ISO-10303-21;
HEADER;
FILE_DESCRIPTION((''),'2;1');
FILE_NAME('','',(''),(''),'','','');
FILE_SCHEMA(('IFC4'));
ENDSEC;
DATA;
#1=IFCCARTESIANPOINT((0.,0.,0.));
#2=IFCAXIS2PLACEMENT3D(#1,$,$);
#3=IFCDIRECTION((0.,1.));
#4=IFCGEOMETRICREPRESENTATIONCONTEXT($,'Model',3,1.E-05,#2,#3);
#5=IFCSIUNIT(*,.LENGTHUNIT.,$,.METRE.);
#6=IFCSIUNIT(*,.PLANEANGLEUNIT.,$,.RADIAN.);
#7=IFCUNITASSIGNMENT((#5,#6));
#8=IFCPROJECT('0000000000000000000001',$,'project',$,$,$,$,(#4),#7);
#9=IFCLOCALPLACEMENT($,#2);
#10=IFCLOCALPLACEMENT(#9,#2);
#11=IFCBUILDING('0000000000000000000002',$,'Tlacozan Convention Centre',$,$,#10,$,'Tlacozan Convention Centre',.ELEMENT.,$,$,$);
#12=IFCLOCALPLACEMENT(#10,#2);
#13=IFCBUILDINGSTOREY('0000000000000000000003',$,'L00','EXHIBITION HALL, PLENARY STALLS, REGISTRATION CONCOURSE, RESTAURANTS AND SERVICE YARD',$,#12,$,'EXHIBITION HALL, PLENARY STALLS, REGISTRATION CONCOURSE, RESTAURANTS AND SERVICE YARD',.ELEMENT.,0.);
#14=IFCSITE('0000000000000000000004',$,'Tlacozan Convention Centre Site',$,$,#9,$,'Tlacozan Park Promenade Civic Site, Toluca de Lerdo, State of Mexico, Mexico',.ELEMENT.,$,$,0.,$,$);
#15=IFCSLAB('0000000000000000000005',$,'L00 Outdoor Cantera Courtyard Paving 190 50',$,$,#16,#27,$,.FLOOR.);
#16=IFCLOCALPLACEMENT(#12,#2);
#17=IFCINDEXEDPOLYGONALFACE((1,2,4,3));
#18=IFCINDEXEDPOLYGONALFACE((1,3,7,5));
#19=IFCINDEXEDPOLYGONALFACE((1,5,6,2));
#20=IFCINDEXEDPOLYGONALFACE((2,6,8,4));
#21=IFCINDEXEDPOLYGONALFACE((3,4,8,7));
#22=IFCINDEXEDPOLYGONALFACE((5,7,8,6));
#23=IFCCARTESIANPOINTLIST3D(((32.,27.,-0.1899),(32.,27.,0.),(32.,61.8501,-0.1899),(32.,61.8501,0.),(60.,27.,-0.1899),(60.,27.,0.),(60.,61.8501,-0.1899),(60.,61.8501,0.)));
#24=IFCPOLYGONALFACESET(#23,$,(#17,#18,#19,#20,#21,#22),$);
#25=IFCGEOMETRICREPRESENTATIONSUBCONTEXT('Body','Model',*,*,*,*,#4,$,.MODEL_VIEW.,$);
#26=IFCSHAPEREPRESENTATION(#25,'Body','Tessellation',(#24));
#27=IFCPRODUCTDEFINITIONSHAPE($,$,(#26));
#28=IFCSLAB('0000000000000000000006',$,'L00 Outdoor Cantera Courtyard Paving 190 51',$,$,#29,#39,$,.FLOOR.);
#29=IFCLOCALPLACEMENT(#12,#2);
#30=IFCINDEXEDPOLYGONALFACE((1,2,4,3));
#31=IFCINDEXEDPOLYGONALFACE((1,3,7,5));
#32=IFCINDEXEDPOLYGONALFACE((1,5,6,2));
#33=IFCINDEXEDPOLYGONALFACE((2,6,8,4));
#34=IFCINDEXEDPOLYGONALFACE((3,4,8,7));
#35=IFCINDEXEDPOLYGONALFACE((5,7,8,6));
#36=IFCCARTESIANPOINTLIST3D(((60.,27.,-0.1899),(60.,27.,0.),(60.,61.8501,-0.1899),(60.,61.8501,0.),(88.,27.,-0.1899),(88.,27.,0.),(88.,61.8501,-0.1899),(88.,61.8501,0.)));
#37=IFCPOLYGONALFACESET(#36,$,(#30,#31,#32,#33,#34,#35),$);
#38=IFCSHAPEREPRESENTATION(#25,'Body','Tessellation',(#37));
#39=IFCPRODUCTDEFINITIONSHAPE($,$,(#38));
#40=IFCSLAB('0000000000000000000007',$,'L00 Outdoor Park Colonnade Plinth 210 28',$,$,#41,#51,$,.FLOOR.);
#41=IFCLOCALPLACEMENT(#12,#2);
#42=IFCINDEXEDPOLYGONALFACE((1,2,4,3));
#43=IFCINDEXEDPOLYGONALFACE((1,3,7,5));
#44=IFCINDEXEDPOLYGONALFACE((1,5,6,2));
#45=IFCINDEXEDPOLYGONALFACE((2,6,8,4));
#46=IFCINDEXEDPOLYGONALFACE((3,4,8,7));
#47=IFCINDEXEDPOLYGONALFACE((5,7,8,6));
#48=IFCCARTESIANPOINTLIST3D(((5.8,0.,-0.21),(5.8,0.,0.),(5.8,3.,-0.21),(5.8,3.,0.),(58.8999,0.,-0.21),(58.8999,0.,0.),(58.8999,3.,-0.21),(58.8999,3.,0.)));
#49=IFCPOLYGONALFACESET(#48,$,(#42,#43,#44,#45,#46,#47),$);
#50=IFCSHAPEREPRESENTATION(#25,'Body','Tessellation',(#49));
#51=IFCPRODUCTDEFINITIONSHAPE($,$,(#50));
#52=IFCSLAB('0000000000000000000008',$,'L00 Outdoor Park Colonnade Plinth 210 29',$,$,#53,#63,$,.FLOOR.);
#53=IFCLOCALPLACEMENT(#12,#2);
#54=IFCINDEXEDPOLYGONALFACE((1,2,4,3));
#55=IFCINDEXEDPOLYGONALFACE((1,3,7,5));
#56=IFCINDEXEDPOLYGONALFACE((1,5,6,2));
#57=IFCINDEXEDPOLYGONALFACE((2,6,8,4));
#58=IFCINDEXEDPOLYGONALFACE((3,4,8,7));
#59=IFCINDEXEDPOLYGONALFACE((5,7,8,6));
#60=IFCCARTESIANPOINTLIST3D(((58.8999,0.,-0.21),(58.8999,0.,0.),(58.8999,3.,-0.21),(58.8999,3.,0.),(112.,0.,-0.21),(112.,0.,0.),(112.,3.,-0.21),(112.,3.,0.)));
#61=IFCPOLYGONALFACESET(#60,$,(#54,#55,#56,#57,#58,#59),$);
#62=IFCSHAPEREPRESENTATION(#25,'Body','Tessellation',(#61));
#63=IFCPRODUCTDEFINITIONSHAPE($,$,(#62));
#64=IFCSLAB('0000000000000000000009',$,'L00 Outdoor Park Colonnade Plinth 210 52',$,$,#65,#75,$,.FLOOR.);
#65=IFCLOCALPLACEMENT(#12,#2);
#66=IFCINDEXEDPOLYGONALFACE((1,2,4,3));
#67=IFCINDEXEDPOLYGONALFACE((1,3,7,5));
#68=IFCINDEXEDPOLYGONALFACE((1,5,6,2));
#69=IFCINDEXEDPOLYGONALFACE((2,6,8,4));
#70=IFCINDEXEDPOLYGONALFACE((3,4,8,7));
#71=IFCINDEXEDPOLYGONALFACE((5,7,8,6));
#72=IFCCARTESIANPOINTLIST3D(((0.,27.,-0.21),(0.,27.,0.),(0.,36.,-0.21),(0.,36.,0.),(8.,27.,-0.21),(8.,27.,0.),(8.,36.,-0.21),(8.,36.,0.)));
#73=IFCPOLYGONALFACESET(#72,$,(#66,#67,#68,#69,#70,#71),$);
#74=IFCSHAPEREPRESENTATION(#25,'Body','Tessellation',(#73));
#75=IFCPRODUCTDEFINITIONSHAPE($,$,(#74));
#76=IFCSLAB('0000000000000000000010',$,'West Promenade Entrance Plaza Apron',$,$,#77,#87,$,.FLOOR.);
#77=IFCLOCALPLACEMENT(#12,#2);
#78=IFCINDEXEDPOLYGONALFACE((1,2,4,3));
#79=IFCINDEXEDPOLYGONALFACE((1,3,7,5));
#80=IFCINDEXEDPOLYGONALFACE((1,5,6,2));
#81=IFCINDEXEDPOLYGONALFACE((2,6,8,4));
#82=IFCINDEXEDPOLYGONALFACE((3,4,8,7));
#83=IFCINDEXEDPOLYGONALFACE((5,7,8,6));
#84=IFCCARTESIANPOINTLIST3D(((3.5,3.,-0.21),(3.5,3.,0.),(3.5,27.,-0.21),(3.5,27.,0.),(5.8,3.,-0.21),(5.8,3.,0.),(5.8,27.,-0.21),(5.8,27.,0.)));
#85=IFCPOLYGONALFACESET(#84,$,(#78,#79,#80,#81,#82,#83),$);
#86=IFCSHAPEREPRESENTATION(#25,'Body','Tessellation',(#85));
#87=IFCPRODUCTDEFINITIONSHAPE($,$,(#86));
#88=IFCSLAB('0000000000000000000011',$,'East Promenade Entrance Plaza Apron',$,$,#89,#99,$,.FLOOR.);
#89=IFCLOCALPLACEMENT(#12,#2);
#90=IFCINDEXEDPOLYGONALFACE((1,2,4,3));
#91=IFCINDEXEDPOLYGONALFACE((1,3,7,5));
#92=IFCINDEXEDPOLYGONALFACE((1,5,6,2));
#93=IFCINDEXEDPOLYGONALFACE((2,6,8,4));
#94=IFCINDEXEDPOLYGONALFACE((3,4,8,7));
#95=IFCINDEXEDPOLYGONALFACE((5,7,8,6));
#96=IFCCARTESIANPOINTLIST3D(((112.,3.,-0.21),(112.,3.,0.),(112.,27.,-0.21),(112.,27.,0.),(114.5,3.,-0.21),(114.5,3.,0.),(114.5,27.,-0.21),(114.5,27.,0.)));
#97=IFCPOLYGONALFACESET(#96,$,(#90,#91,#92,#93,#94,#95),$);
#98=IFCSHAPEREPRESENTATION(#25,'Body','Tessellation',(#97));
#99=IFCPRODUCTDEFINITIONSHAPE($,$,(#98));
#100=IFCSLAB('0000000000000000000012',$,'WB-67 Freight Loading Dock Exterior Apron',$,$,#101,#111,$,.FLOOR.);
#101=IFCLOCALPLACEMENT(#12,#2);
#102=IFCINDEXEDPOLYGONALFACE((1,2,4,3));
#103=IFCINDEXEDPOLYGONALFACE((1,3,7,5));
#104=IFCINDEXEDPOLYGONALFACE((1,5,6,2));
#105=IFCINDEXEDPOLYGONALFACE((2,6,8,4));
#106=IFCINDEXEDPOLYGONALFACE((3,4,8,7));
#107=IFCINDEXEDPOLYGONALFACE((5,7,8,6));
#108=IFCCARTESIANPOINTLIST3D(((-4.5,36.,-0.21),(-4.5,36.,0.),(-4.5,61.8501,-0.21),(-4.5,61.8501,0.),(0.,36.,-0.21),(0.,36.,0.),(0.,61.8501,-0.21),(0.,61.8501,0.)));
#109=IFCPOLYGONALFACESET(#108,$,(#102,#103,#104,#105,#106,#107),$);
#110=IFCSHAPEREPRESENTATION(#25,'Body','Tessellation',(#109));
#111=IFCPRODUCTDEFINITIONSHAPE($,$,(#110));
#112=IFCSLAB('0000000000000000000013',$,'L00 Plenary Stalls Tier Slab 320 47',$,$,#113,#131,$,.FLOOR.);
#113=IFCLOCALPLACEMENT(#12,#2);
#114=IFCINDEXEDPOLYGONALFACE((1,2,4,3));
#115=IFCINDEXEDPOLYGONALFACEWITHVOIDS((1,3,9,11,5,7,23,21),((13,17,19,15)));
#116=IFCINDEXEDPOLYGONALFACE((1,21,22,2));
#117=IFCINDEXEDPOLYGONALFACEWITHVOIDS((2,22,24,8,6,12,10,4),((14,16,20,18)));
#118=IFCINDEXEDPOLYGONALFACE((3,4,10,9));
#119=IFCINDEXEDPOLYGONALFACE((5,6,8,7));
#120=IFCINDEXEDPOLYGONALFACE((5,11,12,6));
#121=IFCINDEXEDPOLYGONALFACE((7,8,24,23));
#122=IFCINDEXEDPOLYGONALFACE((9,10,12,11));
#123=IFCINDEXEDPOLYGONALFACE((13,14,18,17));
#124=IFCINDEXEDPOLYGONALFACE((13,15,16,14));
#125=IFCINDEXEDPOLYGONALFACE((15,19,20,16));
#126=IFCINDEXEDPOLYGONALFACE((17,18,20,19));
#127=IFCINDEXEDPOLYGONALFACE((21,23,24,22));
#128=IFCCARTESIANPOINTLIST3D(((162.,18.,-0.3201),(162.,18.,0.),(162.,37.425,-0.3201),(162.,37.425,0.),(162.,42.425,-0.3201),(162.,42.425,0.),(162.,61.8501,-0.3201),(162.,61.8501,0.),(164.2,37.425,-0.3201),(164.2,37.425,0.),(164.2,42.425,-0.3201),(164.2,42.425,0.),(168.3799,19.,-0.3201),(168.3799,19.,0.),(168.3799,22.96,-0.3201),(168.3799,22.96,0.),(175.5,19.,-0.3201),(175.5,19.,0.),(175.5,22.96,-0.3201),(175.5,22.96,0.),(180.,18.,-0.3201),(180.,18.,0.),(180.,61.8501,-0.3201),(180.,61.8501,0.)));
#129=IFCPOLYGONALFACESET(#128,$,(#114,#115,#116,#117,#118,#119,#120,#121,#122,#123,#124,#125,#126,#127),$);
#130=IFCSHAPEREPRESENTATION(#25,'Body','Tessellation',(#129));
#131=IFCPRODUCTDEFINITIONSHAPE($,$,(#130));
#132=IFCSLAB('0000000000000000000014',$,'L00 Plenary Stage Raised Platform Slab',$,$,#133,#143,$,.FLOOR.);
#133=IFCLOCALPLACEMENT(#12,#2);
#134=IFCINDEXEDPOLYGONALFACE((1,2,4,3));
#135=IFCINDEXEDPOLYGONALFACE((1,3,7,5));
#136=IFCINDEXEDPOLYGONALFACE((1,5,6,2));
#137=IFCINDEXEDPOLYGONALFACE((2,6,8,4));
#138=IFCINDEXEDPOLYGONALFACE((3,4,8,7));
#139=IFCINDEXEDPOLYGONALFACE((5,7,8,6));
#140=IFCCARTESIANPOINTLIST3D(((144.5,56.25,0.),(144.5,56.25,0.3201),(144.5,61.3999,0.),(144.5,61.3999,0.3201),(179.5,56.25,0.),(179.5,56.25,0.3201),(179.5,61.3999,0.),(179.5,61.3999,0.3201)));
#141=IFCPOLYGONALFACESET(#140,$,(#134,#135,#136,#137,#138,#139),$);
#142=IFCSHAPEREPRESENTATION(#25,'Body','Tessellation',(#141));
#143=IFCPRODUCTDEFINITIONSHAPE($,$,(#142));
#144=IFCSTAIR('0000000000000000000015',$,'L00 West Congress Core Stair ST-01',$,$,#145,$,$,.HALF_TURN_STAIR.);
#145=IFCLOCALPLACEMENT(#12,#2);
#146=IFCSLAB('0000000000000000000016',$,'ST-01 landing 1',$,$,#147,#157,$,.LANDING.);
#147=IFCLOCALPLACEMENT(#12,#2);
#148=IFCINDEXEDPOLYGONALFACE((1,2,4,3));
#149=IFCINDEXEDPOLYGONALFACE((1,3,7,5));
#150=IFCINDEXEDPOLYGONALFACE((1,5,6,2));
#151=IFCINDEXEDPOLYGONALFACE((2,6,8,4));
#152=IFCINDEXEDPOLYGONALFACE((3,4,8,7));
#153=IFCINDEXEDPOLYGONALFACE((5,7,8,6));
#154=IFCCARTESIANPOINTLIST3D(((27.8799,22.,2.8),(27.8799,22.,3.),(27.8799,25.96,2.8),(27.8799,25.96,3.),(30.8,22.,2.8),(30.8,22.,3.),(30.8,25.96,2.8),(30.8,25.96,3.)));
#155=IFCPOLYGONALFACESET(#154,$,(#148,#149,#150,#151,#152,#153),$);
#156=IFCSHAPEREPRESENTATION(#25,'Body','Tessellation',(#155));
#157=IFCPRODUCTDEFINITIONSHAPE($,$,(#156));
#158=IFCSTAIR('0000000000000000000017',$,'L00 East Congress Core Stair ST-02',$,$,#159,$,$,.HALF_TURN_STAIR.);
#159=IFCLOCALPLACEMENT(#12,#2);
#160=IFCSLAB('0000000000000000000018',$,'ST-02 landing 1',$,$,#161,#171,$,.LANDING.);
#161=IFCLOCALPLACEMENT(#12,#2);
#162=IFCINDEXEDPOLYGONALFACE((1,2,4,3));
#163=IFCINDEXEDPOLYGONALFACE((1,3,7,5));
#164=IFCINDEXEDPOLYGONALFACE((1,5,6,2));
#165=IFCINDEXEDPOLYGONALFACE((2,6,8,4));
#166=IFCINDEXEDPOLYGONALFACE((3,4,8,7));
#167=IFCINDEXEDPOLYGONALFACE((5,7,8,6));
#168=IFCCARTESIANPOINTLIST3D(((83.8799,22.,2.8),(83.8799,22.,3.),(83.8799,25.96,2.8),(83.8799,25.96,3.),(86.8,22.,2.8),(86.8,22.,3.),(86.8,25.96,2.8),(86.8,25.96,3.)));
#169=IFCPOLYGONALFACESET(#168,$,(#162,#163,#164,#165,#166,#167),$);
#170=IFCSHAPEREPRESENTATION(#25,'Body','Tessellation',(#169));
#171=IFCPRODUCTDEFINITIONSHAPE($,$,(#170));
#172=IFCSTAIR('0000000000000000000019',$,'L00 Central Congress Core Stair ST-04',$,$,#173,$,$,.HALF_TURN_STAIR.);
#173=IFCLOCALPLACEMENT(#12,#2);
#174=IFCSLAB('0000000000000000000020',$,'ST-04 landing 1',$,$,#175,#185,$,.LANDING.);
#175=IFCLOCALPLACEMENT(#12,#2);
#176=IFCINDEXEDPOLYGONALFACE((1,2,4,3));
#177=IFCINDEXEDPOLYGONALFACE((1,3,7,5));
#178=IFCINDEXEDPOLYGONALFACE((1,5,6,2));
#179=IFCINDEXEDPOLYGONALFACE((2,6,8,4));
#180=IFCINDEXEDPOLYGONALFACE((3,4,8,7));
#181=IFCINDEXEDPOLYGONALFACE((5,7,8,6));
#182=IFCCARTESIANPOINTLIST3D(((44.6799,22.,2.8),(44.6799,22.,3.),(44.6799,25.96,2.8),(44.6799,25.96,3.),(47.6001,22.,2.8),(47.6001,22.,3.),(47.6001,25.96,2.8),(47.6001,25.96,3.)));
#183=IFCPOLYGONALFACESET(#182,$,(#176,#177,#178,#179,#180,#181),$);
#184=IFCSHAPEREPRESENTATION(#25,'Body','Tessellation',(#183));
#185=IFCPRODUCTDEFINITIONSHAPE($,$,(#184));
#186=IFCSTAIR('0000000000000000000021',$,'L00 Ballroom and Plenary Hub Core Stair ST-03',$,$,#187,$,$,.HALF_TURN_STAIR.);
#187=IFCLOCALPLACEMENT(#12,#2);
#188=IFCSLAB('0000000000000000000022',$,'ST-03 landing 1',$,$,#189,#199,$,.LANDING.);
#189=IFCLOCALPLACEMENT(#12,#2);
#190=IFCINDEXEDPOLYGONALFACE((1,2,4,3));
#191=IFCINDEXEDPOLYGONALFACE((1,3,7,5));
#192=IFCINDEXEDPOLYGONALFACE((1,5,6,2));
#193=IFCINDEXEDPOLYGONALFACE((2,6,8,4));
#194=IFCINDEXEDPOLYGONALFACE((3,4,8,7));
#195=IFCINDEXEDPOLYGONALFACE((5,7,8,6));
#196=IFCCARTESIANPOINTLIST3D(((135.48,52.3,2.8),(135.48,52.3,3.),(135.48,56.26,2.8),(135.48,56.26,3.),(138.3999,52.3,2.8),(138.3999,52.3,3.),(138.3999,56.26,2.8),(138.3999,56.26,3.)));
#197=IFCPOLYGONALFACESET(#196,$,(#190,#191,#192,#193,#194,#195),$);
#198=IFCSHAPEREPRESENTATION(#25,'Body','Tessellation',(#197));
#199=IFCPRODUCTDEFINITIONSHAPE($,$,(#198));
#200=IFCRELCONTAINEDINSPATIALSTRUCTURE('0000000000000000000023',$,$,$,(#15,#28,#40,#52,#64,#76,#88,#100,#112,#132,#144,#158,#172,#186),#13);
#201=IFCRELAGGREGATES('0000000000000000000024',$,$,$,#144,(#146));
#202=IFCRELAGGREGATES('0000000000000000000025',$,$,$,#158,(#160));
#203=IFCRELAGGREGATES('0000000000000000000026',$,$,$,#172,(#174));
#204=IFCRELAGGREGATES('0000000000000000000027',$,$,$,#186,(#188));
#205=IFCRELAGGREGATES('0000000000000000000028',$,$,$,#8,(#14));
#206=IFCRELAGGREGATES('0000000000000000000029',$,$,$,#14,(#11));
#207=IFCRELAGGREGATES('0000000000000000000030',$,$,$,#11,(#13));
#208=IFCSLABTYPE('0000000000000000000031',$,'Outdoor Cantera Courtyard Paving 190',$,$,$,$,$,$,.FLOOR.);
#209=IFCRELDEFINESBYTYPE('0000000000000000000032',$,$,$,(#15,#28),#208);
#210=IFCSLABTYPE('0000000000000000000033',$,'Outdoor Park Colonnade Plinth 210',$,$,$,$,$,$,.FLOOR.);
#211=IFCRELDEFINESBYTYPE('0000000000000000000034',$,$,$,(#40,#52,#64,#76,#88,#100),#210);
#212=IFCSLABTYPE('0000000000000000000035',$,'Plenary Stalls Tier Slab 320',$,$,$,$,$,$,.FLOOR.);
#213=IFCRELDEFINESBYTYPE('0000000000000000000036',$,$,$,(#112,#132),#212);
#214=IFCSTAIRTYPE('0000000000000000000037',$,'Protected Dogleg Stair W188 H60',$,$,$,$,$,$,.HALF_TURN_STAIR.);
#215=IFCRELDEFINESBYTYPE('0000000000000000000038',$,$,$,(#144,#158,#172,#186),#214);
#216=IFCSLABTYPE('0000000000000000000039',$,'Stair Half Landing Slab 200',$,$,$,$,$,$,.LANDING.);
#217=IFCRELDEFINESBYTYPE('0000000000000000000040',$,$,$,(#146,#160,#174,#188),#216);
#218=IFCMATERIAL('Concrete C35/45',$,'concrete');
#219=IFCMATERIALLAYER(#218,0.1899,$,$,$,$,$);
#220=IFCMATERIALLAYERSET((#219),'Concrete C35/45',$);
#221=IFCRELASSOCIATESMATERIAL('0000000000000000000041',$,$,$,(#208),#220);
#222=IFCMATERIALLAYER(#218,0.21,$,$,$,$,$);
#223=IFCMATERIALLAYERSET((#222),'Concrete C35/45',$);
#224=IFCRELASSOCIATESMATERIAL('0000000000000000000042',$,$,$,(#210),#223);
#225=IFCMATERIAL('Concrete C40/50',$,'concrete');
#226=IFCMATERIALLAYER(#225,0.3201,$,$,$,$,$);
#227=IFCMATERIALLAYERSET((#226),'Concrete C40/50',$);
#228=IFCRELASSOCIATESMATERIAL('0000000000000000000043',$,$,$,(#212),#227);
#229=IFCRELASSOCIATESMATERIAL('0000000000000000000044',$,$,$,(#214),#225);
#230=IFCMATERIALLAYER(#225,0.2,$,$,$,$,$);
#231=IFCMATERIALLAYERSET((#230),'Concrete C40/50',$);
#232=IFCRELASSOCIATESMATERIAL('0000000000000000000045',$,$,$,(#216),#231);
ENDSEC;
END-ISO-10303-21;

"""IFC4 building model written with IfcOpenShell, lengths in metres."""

from ifc_helpers import new_model, si_unit, direction, frame, origin, place, context, subcontext, project, spatial, polyline, outline, extrude, material, layer, layer_set, type_object, element, aggregate, save


model = new_model("IFC4")

# Units and contexts
model_context = context("Model", 3, precision=1e-05, world=origin(), true_north=direction((0.0, 1.0)))
body_context = subcontext(model_context, "Body", "Model", "MODEL_VIEW")
ifc_project = project(units=[si_unit("LENGTHUNIT", "METRE"), si_unit("PLANEANGLEUNIT", "RADIAN")], contexts=[model_context])

# Site, building, storey
site_placement = place(None, origin())
site = spatial("IfcSite", under=ifc_project, at=site_placement, Name="Tlacozan Convention Centre Site", LongName="Tlacozan Park Promenade Civic Site, Toluca de Lerdo, State of Mexico, Mexico", CompositionType="ELEMENT", RefElevation=0.0)
building_placement = place(site_placement, origin())
building = spatial("IfcBuilding", under=site, at=building_placement, Name="Tlacozan Convention Centre", LongName="Tlacozan Convention Centre", CompositionType="ELEMENT")
storey_placement = place(building_placement, origin())
storey = spatial("IfcBuildingStorey", under=building, at=storey_placement, Name="L00", Description="EXHIBITION HALL, PLENARY STALLS, REGISTRATION CONCOURSE, RESTAURANTS AND SERVICE YARD", LongName="EXHIBITION HALL, PLENARY STALLS, REGISTRATION CONCOURSE, RESTAURANTS AND SERVICE YARD", CompositionType="ELEMENT", Elevation=0.0)

# Slabs
ifc_material_1 = material(Name="Concrete C35/45", Category="concrete")
ifc_layer_1 = layer(ifc_material_1, 0.1899)
ifc_layer_set_1 = layer_set([ifc_layer_1], Name="Concrete C35/45")
slab_type_1 = type_object("IfcSlabType", Name="Outdoor Cantera Courtyard Paving 190", PredefinedType="FLOOR", material=ifc_layer_set_1)
slab_1_placement = place(storey_placement, frame((0.0, 0.0, -0.1899)))
element("IfcSlab", 1, at=slab_1_placement, inside=storey, type_object=slab_type_1, Name="L00 Outdoor Cantera Courtyard Paving 190 50", PredefinedType="FLOOR", context=body_context, shape_type="SweptSolid", body=[
    extrude(outline(polyline([(32.0, 27.0), (32.0, 61.8501), (60.0, 61.8501), (60.0, 27.0), (32.0, 27.0)])), origin(), (0.0, 0.0, 1.0), 0.1899),
])
slab_2_placement = place(storey_placement, frame((0.0, 0.0, -0.1899)))
element("IfcSlab", 2, at=slab_2_placement, inside=storey, type_object=slab_type_1, Name="L00 Outdoor Cantera Courtyard Paving 190 51", PredefinedType="FLOOR", context=body_context, shape_type="SweptSolid", body=[
    extrude(outline(polyline([(60.0, 27.0), (60.0, 61.8501), (88.0, 61.8501), (88.0, 27.0), (60.0, 27.0)])), origin(), (0.0, 0.0, 1.0), 0.1899),
])
ifc_layer_2 = layer(ifc_material_1, 0.21)
ifc_layer_set_2 = layer_set([ifc_layer_2], Name="Concrete C35/45")
slab_type_2 = type_object("IfcSlabType", Name="Outdoor Park Colonnade Plinth 210", PredefinedType="FLOOR", material=ifc_layer_set_2)
slab_3_placement = place(storey_placement, frame((0.0, 0.0, -0.21)))
element("IfcSlab", 3, at=slab_3_placement, inside=storey, type_object=slab_type_2, Name="L00 Outdoor Park Colonnade Plinth 210 28", PredefinedType="FLOOR", context=body_context, shape_type="SweptSolid", body=[
    extrude(outline(polyline([(5.8, 0.0), (5.8, 3.0), (58.8999, 3.0), (58.8999, 0.0), (5.8, 0.0)])), origin(), (0.0, 0.0, 1.0), 0.21),
])
slab_4_placement = place(storey_placement, frame((0.0, 0.0, -0.21)))
element("IfcSlab", 4, at=slab_4_placement, inside=storey, type_object=slab_type_2, Name="L00 Outdoor Park Colonnade Plinth 210 29", PredefinedType="FLOOR", context=body_context, shape_type="SweptSolid", body=[
    extrude(outline(polyline([(58.8999, 0.0), (58.8999, 3.0), (112.0, 3.0), (112.0, 0.0), (58.8999, 0.0)])), origin(), (0.0, 0.0, 1.0), 0.21),
])
slab_5_placement = place(storey_placement, frame((0.0, 0.0, -0.21)))
element("IfcSlab", 5, at=slab_5_placement, inside=storey, type_object=slab_type_2, Name="L00 Outdoor Park Colonnade Plinth 210 52", PredefinedType="FLOOR", context=body_context, shape_type="SweptSolid", body=[
    extrude(outline(polyline([(0.0, 27.0), (0.0, 36.0), (8.0, 36.0), (8.0, 27.0), (0.0, 27.0)])), origin(), (0.0, 0.0, 1.0), 0.21),
])
slab_6_placement = place(storey_placement, frame((0.0, 0.0, -0.21)))
element("IfcSlab", 6, at=slab_6_placement, inside=storey, type_object=slab_type_2, Name="West Promenade Entrance Plaza Apron", PredefinedType="FLOOR", context=body_context, shape_type="SweptSolid", body=[
    extrude(outline(polyline([(3.5, 3.0), (5.8, 3.0), (5.8, 27.0), (3.5, 27.0), (3.5, 3.0)])), origin(), (0.0, 0.0, 1.0), 0.21),
])
slab_7_placement = place(storey_placement, frame((0.0, 0.0, -0.21)))
element("IfcSlab", 7, at=slab_7_placement, inside=storey, type_object=slab_type_2, Name="East Promenade Entrance Plaza Apron", PredefinedType="FLOOR", context=body_context, shape_type="SweptSolid", body=[
    extrude(outline(polyline([(112.0, 3.0), (114.5, 3.0), (114.5, 27.0), (112.0, 27.0), (112.0, 3.0)])), origin(), (0.0, 0.0, 1.0), 0.21),
])
slab_8_placement = place(storey_placement, frame((0.0, 0.0, -0.21)))
element("IfcSlab", 8, at=slab_8_placement, inside=storey, type_object=slab_type_2, Name="WB-67 Freight Loading Dock Exterior Apron", PredefinedType="FLOOR", context=body_context, shape_type="SweptSolid", body=[
    extrude(outline(polyline([(-4.5, 36.0), (0.0, 36.0), (0.0, 61.8501), (-4.5, 61.8501), (-4.5, 36.0)])), origin(), (0.0, 0.0, 1.0), 0.21),
])
ifc_material_2 = material(Name="Concrete C40/50", Category="concrete")
ifc_layer_3 = layer(ifc_material_2, 0.3201)
ifc_layer_set_3 = layer_set([ifc_layer_3], Name="Concrete C40/50")
slab_type_3 = type_object("IfcSlabType", Name="Plenary Stalls Tier Slab 320", PredefinedType="FLOOR", material=ifc_layer_set_3)
slab_9_placement = place(storey_placement, frame((0.0, 0.0, -0.3201)))
element("IfcSlab", 9, at=slab_9_placement, inside=storey, type_object=slab_type_3, Name="L00 Plenary Stalls Tier Slab 320 47", PredefinedType="FLOOR", context=body_context, shape_type="SweptSolid", body=[
    extrude(outline(polyline([(180.0, 61.8501), (180.0, 18.0), (162.0, 18.0), (162.0, 37.425), (164.2, 37.425), (164.2, 42.425), (162.0, 42.425), (162.0, 61.8501), (180.0, 61.8501)]), holes=[polyline([(168.3799, 19.0), (175.5, 19.0), (175.5, 22.96), (168.3799, 22.96), (168.3799, 19.0)])]), origin(), (0.0, 0.0, 1.0), 0.3201),
])
slab_10_placement = place(storey_placement, origin())
element("IfcSlab", 10, at=slab_10_placement, inside=storey, type_object=slab_type_3, Name="L00 Plenary Stage Raised Platform Slab", PredefinedType="FLOOR", context=body_context, shape_type="SweptSolid", body=[
    extrude(outline(polyline([(144.5, 56.25), (179.5, 56.25), (179.5, 61.3999), (144.5, 61.3999), (144.5, 56.25)])), origin(), (0.0, 0.0, 1.0), 0.3201),
])

# Stairs, slabs
stair_type_1 = type_object("IfcStairType", Name="Protected Dogleg Stair W188 H60", PredefinedType="HALF_TURN_STAIR", material=ifc_material_2)
stair_1_placement = place(storey_placement, origin())
stair_1 = element("IfcStair", 11, at=stair_1_placement, inside=storey, type_object=stair_type_1, Name="L00 West Congress Core Stair ST-01", PredefinedType="HALF_TURN_STAIR")
ifc_layer_4 = layer(ifc_material_2, 0.2)
ifc_layer_set_4 = layer_set([ifc_layer_4], Name="Concrete C40/50")
slab_type_4 = type_object("IfcSlabType", Name="Stair Half Landing Slab 200", PredefinedType="LANDING", material=ifc_layer_set_4)
slab_11_placement = place(storey_placement, frame((0.0, 0.0, 2.8)))
slab_11 = element("IfcSlab", 12, at=slab_11_placement, type_object=slab_type_4, Name="ST-01 landing 1", PredefinedType="LANDING", context=body_context, shape_type="SweptSolid", body=[
    extrude(outline(polyline([(27.8799, 22.0), (30.8, 22.0), (30.8, 25.96), (27.8799, 25.96), (27.8799, 22.0)])), origin(), (0.0, 0.0, 1.0), 0.2),
])
aggregate(stair_1, [slab_11])
stair_2_placement = place(storey_placement, origin())
stair_2 = element("IfcStair", 13, at=stair_2_placement, inside=storey, type_object=stair_type_1, Name="L00 East Congress Core Stair ST-02", PredefinedType="HALF_TURN_STAIR")
slab_12_placement = place(storey_placement, frame((0.0, 0.0, 2.8)))
slab_12 = element("IfcSlab", 14, at=slab_12_placement, type_object=slab_type_4, Name="ST-02 landing 1", PredefinedType="LANDING", context=body_context, shape_type="SweptSolid", body=[
    extrude(outline(polyline([(83.8799, 22.0), (86.8, 22.0), (86.8, 25.96), (83.8799, 25.96), (83.8799, 22.0)])), origin(), (0.0, 0.0, 1.0), 0.2),
])
aggregate(stair_2, [slab_12])
stair_3_placement = place(storey_placement, origin())
stair_3 = element("IfcStair", 15, at=stair_3_placement, inside=storey, type_object=stair_type_1, Name="L00 Central Congress Core Stair ST-04", PredefinedType="HALF_TURN_STAIR")
slab_13_placement = place(storey_placement, frame((0.0, 0.0, 2.8)))
slab_13 = element("IfcSlab", 16, at=slab_13_placement, type_object=slab_type_4, Name="ST-04 landing 1", PredefinedType="LANDING", context=body_context, shape_type="SweptSolid", body=[
    extrude(outline(polyline([(44.6799, 22.0), (47.6001, 22.0), (47.6001, 25.96), (44.6799, 25.96), (44.6799, 22.0)])), origin(), (0.0, 0.0, 1.0), 0.2),
])
aggregate(stair_3, [slab_13])
stair_4_placement = place(storey_placement, origin())
stair_4 = element("IfcStair", 17, at=stair_4_placement, inside=storey, type_object=stair_type_1, Name="L00 Ballroom and Plenary Hub Core Stair ST-03", PredefinedType="HALF_TURN_STAIR")
slab_14_placement = place(storey_placement, frame((0.0, 0.0, 2.8)))
slab_14 = element("IfcSlab", 18, at=slab_14_placement, type_object=slab_type_4, Name="ST-03 landing 1", PredefinedType="LANDING", context=body_context, shape_type="SweptSolid", body=[
    extrude(outline(polyline([(135.48, 52.3), (138.3999, 52.3), (138.3999, 56.26), (135.48, 56.26), (135.48, 52.3)])), origin(), (0.0, 0.0, 1.0), 0.2),
])
aggregate(stair_4, [slab_14])

save(model, "model.ifc")
